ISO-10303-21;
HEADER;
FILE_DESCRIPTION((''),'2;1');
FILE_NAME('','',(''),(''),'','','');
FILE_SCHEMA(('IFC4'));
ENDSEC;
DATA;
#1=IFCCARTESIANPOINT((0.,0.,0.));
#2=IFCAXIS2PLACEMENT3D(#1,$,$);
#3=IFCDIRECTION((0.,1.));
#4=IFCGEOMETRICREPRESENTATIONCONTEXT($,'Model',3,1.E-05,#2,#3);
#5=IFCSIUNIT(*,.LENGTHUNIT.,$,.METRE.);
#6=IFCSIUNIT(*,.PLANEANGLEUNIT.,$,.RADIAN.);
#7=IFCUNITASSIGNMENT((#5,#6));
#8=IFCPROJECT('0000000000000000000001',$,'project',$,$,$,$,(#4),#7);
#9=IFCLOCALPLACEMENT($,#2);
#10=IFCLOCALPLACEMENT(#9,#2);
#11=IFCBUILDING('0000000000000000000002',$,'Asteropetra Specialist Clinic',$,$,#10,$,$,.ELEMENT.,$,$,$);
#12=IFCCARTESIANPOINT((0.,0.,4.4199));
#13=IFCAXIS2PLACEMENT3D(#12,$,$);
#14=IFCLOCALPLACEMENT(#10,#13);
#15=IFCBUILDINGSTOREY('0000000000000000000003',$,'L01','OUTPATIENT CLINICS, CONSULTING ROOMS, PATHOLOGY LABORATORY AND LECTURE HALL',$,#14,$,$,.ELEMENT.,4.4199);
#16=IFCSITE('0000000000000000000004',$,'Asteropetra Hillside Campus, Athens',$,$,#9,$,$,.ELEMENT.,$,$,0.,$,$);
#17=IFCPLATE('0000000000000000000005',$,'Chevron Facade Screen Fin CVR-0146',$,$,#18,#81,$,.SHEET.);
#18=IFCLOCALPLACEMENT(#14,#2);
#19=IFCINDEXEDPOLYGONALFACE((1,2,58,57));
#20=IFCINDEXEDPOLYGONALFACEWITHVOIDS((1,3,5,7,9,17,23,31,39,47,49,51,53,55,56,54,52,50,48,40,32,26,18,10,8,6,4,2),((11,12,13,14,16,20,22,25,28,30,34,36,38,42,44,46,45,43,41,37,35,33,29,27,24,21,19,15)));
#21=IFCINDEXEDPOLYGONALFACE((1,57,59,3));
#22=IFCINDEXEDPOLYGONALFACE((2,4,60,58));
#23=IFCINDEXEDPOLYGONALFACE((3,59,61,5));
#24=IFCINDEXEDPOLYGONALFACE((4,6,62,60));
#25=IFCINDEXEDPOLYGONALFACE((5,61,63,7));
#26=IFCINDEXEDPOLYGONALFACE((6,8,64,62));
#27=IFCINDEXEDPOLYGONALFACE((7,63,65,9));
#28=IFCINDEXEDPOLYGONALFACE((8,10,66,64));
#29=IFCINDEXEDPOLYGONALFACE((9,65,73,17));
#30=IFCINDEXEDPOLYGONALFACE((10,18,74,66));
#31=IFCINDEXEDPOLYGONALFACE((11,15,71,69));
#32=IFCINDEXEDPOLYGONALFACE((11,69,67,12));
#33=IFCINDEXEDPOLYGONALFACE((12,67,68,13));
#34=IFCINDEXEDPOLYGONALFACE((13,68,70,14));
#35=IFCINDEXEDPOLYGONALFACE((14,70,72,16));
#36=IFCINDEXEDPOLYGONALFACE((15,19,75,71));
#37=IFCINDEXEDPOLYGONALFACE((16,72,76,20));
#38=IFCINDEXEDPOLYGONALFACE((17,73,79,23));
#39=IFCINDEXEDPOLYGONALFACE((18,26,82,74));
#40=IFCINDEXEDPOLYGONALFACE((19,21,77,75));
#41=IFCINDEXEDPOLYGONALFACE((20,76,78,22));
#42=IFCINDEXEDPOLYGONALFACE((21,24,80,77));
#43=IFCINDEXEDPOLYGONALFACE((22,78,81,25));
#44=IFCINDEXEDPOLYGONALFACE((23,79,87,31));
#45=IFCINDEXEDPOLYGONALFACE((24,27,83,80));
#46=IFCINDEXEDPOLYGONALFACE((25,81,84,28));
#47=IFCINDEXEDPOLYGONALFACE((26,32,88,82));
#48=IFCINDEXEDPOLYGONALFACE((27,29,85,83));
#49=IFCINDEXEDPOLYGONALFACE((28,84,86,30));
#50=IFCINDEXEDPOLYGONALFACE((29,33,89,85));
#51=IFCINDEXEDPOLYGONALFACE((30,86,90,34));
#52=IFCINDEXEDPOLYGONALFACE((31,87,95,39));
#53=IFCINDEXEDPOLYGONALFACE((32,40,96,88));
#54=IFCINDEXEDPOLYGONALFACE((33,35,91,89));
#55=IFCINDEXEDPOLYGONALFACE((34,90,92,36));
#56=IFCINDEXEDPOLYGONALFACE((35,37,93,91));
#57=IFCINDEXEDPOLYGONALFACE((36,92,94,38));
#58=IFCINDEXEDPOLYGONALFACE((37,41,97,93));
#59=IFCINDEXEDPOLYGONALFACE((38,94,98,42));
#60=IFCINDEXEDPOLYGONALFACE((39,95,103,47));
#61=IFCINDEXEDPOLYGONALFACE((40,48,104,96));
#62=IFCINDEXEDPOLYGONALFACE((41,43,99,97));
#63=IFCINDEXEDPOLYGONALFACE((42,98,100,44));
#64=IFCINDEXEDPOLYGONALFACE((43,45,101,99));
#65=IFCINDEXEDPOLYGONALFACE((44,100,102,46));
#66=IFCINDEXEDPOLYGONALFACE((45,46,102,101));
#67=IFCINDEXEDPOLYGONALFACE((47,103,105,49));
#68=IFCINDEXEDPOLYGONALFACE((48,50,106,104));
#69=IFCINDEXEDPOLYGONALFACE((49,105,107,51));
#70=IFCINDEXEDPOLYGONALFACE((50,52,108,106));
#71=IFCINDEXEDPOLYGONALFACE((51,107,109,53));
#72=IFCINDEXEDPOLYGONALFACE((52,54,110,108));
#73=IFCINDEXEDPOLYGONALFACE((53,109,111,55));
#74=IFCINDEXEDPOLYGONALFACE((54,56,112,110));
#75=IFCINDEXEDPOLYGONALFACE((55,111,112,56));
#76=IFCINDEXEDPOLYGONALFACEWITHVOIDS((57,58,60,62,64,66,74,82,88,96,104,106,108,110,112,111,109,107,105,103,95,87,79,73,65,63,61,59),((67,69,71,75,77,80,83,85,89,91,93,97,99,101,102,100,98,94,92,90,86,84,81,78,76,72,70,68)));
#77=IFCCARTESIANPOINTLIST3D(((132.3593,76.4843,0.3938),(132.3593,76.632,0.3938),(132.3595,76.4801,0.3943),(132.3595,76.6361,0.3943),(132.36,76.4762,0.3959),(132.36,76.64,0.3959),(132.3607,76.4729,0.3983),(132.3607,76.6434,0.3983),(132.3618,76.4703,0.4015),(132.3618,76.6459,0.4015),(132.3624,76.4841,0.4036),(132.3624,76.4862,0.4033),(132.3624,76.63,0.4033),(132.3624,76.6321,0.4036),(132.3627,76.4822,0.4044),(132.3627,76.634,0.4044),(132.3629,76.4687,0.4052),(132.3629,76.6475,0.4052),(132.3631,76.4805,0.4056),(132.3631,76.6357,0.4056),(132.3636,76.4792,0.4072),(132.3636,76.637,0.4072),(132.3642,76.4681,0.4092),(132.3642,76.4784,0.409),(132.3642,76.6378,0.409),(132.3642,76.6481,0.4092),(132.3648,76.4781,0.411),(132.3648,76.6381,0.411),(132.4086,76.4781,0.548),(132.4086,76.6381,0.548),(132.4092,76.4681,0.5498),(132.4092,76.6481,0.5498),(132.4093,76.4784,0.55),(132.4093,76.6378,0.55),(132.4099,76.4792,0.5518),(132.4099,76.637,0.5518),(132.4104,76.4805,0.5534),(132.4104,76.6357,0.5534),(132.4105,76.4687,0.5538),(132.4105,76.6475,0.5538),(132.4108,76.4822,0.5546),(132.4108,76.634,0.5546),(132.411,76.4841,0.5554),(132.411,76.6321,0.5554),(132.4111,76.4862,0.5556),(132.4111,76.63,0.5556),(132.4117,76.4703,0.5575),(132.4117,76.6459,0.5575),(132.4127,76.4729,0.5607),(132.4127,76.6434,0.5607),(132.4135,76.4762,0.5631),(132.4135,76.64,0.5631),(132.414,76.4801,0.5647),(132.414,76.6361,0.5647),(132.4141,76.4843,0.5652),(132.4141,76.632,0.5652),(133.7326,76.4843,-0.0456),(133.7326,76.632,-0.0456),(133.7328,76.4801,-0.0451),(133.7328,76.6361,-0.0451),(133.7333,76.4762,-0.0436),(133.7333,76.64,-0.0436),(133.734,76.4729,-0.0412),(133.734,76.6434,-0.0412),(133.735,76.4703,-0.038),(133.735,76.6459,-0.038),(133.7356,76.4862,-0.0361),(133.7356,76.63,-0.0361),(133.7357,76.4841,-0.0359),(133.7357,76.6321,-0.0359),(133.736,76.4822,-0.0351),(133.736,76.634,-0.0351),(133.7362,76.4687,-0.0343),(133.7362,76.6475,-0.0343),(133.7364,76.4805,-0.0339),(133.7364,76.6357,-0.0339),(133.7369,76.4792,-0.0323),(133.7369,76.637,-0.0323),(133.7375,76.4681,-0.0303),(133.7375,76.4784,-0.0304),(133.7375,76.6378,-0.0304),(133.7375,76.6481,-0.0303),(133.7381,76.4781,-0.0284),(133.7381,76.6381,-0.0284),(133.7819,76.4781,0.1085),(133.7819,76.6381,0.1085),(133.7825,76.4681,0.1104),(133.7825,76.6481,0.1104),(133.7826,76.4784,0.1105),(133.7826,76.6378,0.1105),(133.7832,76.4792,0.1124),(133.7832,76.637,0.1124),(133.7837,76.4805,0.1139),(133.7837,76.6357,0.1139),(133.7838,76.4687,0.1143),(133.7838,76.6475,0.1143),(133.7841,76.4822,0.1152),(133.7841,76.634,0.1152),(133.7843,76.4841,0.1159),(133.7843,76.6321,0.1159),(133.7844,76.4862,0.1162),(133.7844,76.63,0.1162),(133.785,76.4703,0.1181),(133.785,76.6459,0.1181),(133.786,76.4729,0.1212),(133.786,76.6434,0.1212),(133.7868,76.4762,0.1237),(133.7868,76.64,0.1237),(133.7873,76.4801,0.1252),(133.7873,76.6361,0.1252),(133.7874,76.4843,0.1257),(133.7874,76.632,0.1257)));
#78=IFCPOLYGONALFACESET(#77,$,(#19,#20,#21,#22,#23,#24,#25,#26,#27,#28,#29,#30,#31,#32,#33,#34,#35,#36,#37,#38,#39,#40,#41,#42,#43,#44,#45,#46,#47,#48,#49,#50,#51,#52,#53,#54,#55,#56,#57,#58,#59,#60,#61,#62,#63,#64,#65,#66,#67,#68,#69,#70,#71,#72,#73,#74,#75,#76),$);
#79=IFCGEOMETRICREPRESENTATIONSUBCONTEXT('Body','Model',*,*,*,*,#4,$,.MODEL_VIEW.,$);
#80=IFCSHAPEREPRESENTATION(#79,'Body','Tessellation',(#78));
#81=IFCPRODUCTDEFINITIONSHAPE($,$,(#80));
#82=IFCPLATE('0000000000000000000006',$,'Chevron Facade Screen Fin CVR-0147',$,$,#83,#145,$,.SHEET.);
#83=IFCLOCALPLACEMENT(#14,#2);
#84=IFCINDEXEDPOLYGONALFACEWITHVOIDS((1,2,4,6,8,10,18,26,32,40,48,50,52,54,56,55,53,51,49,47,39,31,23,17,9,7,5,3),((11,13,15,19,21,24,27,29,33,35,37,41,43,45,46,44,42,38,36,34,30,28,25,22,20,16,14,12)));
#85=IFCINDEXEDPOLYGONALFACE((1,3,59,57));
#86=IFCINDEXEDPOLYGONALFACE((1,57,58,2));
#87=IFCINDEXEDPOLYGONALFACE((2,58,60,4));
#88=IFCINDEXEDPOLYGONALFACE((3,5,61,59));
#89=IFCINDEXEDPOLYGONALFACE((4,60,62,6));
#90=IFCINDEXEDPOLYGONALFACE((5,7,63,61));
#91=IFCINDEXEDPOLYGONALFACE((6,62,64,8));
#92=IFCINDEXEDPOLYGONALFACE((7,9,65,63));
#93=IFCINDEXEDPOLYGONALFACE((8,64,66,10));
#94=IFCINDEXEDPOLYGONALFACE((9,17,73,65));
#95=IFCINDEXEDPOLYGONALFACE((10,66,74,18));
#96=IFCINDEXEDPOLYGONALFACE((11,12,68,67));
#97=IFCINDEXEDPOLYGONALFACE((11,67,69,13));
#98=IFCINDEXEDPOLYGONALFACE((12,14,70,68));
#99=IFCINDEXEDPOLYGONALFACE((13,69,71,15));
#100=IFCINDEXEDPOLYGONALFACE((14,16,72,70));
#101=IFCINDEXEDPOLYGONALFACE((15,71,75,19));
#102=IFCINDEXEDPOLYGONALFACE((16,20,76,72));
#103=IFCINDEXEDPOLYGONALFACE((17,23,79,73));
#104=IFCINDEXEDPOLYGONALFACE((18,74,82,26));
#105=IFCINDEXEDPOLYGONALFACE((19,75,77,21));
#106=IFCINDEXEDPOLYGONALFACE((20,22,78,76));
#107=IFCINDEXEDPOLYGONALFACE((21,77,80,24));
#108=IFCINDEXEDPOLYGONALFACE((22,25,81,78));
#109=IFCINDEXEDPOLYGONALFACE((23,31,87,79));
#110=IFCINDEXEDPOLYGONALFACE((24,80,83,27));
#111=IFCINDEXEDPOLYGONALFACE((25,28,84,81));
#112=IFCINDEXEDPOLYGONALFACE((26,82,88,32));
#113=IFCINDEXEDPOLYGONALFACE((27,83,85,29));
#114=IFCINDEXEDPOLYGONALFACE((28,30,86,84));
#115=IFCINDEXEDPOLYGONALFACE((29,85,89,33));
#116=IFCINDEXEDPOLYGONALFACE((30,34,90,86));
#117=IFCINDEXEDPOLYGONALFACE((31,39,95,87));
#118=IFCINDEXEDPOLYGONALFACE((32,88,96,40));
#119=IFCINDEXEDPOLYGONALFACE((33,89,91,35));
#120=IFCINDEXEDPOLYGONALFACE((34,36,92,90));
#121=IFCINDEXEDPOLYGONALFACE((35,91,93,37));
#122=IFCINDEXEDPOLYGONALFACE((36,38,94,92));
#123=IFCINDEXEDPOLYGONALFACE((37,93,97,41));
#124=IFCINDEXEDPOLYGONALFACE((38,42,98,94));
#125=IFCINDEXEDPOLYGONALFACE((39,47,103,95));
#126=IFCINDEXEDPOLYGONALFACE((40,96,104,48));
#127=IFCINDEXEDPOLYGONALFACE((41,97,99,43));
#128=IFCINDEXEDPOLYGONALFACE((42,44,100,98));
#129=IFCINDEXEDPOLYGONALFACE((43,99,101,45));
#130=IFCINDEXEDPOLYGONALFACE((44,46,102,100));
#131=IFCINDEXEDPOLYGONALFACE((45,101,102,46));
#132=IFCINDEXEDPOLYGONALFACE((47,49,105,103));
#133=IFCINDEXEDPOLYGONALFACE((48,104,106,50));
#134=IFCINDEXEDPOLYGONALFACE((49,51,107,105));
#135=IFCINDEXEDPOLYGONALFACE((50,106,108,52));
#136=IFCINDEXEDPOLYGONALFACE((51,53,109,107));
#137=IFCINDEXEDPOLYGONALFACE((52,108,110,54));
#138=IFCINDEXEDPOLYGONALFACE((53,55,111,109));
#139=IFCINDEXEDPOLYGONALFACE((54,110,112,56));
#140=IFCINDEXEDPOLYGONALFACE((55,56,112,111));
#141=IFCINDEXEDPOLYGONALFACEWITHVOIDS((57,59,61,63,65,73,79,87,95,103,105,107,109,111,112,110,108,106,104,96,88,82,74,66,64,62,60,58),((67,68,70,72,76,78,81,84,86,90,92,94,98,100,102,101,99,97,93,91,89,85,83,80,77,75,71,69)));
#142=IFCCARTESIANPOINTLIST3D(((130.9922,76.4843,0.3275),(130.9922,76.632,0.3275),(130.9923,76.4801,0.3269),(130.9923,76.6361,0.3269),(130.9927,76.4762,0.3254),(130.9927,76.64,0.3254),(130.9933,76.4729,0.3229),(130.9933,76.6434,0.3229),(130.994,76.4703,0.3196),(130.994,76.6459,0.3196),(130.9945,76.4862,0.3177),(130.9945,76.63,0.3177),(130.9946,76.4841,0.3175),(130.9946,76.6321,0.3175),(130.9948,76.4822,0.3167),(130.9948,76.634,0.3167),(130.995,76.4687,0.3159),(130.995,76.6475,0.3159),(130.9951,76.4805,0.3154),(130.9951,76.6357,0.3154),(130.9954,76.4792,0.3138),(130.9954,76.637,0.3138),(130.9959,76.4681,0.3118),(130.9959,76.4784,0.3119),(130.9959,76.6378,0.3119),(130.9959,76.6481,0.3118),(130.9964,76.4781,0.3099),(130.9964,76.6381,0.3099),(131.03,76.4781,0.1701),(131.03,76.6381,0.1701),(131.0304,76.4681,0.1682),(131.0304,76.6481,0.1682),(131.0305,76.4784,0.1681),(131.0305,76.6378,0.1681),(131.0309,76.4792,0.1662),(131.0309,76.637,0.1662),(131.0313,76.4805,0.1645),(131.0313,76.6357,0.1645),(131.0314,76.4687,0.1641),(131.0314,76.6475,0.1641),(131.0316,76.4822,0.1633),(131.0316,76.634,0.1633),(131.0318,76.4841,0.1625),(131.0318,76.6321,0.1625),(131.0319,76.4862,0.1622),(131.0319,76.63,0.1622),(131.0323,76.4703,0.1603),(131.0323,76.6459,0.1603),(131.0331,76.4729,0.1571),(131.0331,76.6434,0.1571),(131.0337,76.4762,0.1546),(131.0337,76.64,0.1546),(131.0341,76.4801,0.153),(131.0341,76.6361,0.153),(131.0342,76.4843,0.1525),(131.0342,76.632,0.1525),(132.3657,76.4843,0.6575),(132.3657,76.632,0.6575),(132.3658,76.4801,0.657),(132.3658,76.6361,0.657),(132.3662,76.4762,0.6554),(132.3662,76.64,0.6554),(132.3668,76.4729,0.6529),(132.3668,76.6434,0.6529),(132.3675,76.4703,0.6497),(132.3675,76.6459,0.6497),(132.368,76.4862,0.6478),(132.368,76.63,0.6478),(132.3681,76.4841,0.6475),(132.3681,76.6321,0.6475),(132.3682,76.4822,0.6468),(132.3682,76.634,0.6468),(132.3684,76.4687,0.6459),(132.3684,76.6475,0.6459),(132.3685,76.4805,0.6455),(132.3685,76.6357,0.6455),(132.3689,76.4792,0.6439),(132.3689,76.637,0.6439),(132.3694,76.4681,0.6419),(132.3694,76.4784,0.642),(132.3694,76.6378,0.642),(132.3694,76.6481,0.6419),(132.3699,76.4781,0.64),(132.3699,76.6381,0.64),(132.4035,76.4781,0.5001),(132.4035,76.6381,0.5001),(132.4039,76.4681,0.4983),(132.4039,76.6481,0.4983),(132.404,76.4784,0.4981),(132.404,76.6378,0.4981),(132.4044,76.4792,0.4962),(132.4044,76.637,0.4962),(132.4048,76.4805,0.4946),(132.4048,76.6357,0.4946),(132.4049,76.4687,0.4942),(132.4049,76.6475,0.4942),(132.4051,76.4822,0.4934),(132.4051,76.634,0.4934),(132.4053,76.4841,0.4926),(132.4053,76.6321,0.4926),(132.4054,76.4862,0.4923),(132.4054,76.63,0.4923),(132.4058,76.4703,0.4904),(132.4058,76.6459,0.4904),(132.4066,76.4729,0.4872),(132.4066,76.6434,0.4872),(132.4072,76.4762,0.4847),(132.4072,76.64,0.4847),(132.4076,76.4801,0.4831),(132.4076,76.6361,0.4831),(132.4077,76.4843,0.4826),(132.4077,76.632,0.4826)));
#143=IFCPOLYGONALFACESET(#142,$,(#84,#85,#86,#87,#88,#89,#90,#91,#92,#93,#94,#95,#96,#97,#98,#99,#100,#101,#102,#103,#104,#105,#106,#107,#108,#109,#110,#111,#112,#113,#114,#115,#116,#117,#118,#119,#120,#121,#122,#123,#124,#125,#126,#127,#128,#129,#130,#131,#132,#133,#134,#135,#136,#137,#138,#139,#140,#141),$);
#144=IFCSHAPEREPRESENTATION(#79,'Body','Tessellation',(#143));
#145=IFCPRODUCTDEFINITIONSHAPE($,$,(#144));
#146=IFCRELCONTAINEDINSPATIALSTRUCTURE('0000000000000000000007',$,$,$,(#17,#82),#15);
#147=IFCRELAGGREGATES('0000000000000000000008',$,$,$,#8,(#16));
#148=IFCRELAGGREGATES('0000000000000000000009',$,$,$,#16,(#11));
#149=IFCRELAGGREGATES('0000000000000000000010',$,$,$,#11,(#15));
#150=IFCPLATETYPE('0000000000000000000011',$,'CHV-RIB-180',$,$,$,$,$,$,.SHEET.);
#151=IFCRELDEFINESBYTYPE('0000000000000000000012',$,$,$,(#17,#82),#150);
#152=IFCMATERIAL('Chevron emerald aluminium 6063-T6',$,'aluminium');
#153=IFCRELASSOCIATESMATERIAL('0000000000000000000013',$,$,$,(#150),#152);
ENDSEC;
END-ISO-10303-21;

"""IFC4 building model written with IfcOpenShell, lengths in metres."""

from ifc_helpers import new_model, si_unit, direction, frame, origin, origin_2d, place, context, subcontext, project, spatial, hollow_rectangle, extrude, material, material_profile, profile_set, type_object, element, save


model = new_model("IFC4")

# Units and contexts
model_context = context("Model", 3, precision=1e-05, world=origin(), true_north=direction((0.0, 1.0)))
body_context = subcontext(model_context, "Body", "Model", "MODEL_VIEW")
ifc_project = project(units=[si_unit("LENGTHUNIT", "METRE"), si_unit("PLANEANGLEUNIT", "RADIAN")], contexts=[model_context])

# Site, building, storey
site_placement = place(None, origin())
site = spatial("IfcSite", under=ifc_project, at=site_placement, Name="Asteropetra Hillside Campus, Athens", CompositionType="ELEMENT", RefElevation=0.0)
building_placement = place(site_placement, origin())
building = spatial("IfcBuilding", under=site, at=building_placement, Name="Asteropetra Specialist Clinic", CompositionType="ELEMENT")
storey_placement = place(building_placement, frame((0.0, 0.0, 4.4199)))
storey = spatial("IfcBuildingStorey", under=building, at=storey_placement, Name="L01", Description="OUTPATIENT CLINICS, CONSULTING ROOMS, PATHOLOGY LABORATORY AND LECTURE HALL", CompositionType="ELEMENT", Elevation=4.4199)

# Plates
ifc_material_1 = material(Name="Chevron emerald aluminium 6063-T6", Category="aluminium")
ifc_material_profile = material_profile(ifc_material_1, hollow_rectangle(XDim=0.1799, YDim=0.1799, WallThickness=0.01, InnerFilletRadius=0.0081, OuterFilletRadius=0.0161, at=origin_2d()), Name="SHS 180x180x10.0")
ifc_profile_set = profile_set([ifc_material_profile], Name="Chevron emerald aluminium 6063-T6")
plate_type = type_object("IfcPlateType", Name="CHV-RIB-180", PredefinedType="SHEET", material=ifc_profile_set)
plate_1_placement = place(storey_placement, frame((132.3867, 76.5581, 0.4795), z_axis=(0.952424, 0.0, -0.304776), x_axis=(0.0, 1.0, 0.0)))
element("IfcPlate", 1, at=plate_1_placement, inside=storey, type_object=plate_type, Name="Chevron Facade Screen Fin CVR-0146", PredefinedType="SHEET", context=body_context, shape_type="SweptSolid", body=[
    extrude(hollow_rectangle(XDim=0.1799, YDim=0.1799, WallThickness=0.01, InnerFilletRadius=0.0081, OuterFilletRadius=0.0161, at=origin_2d()), origin(), (0.0, 0.0, 1.0), 1.4419),
])
plate_2_placement = place(storey_placement, frame((131.0132, 76.5581, 0.24), z_axis=(0.972318, 0.0, 0.233661), x_axis=(0.0, 1.0, 0.0)))
element("IfcPlate", 2, at=plate_2_placement, inside=storey, type_object=plate_type, Name="Chevron Facade Screen Fin CVR-0147", PredefinedType="SHEET", context=body_context, shape_type="SweptSolid", body=[
    extrude(hollow_rectangle(XDim=0.1799, YDim=0.1799, WallThickness=0.01, InnerFilletRadius=0.0081, OuterFilletRadius=0.0161, at=origin_2d()), origin(), (0.0, 0.0, 1.0), 1.4126),
])

save(model, "model.ifc")
